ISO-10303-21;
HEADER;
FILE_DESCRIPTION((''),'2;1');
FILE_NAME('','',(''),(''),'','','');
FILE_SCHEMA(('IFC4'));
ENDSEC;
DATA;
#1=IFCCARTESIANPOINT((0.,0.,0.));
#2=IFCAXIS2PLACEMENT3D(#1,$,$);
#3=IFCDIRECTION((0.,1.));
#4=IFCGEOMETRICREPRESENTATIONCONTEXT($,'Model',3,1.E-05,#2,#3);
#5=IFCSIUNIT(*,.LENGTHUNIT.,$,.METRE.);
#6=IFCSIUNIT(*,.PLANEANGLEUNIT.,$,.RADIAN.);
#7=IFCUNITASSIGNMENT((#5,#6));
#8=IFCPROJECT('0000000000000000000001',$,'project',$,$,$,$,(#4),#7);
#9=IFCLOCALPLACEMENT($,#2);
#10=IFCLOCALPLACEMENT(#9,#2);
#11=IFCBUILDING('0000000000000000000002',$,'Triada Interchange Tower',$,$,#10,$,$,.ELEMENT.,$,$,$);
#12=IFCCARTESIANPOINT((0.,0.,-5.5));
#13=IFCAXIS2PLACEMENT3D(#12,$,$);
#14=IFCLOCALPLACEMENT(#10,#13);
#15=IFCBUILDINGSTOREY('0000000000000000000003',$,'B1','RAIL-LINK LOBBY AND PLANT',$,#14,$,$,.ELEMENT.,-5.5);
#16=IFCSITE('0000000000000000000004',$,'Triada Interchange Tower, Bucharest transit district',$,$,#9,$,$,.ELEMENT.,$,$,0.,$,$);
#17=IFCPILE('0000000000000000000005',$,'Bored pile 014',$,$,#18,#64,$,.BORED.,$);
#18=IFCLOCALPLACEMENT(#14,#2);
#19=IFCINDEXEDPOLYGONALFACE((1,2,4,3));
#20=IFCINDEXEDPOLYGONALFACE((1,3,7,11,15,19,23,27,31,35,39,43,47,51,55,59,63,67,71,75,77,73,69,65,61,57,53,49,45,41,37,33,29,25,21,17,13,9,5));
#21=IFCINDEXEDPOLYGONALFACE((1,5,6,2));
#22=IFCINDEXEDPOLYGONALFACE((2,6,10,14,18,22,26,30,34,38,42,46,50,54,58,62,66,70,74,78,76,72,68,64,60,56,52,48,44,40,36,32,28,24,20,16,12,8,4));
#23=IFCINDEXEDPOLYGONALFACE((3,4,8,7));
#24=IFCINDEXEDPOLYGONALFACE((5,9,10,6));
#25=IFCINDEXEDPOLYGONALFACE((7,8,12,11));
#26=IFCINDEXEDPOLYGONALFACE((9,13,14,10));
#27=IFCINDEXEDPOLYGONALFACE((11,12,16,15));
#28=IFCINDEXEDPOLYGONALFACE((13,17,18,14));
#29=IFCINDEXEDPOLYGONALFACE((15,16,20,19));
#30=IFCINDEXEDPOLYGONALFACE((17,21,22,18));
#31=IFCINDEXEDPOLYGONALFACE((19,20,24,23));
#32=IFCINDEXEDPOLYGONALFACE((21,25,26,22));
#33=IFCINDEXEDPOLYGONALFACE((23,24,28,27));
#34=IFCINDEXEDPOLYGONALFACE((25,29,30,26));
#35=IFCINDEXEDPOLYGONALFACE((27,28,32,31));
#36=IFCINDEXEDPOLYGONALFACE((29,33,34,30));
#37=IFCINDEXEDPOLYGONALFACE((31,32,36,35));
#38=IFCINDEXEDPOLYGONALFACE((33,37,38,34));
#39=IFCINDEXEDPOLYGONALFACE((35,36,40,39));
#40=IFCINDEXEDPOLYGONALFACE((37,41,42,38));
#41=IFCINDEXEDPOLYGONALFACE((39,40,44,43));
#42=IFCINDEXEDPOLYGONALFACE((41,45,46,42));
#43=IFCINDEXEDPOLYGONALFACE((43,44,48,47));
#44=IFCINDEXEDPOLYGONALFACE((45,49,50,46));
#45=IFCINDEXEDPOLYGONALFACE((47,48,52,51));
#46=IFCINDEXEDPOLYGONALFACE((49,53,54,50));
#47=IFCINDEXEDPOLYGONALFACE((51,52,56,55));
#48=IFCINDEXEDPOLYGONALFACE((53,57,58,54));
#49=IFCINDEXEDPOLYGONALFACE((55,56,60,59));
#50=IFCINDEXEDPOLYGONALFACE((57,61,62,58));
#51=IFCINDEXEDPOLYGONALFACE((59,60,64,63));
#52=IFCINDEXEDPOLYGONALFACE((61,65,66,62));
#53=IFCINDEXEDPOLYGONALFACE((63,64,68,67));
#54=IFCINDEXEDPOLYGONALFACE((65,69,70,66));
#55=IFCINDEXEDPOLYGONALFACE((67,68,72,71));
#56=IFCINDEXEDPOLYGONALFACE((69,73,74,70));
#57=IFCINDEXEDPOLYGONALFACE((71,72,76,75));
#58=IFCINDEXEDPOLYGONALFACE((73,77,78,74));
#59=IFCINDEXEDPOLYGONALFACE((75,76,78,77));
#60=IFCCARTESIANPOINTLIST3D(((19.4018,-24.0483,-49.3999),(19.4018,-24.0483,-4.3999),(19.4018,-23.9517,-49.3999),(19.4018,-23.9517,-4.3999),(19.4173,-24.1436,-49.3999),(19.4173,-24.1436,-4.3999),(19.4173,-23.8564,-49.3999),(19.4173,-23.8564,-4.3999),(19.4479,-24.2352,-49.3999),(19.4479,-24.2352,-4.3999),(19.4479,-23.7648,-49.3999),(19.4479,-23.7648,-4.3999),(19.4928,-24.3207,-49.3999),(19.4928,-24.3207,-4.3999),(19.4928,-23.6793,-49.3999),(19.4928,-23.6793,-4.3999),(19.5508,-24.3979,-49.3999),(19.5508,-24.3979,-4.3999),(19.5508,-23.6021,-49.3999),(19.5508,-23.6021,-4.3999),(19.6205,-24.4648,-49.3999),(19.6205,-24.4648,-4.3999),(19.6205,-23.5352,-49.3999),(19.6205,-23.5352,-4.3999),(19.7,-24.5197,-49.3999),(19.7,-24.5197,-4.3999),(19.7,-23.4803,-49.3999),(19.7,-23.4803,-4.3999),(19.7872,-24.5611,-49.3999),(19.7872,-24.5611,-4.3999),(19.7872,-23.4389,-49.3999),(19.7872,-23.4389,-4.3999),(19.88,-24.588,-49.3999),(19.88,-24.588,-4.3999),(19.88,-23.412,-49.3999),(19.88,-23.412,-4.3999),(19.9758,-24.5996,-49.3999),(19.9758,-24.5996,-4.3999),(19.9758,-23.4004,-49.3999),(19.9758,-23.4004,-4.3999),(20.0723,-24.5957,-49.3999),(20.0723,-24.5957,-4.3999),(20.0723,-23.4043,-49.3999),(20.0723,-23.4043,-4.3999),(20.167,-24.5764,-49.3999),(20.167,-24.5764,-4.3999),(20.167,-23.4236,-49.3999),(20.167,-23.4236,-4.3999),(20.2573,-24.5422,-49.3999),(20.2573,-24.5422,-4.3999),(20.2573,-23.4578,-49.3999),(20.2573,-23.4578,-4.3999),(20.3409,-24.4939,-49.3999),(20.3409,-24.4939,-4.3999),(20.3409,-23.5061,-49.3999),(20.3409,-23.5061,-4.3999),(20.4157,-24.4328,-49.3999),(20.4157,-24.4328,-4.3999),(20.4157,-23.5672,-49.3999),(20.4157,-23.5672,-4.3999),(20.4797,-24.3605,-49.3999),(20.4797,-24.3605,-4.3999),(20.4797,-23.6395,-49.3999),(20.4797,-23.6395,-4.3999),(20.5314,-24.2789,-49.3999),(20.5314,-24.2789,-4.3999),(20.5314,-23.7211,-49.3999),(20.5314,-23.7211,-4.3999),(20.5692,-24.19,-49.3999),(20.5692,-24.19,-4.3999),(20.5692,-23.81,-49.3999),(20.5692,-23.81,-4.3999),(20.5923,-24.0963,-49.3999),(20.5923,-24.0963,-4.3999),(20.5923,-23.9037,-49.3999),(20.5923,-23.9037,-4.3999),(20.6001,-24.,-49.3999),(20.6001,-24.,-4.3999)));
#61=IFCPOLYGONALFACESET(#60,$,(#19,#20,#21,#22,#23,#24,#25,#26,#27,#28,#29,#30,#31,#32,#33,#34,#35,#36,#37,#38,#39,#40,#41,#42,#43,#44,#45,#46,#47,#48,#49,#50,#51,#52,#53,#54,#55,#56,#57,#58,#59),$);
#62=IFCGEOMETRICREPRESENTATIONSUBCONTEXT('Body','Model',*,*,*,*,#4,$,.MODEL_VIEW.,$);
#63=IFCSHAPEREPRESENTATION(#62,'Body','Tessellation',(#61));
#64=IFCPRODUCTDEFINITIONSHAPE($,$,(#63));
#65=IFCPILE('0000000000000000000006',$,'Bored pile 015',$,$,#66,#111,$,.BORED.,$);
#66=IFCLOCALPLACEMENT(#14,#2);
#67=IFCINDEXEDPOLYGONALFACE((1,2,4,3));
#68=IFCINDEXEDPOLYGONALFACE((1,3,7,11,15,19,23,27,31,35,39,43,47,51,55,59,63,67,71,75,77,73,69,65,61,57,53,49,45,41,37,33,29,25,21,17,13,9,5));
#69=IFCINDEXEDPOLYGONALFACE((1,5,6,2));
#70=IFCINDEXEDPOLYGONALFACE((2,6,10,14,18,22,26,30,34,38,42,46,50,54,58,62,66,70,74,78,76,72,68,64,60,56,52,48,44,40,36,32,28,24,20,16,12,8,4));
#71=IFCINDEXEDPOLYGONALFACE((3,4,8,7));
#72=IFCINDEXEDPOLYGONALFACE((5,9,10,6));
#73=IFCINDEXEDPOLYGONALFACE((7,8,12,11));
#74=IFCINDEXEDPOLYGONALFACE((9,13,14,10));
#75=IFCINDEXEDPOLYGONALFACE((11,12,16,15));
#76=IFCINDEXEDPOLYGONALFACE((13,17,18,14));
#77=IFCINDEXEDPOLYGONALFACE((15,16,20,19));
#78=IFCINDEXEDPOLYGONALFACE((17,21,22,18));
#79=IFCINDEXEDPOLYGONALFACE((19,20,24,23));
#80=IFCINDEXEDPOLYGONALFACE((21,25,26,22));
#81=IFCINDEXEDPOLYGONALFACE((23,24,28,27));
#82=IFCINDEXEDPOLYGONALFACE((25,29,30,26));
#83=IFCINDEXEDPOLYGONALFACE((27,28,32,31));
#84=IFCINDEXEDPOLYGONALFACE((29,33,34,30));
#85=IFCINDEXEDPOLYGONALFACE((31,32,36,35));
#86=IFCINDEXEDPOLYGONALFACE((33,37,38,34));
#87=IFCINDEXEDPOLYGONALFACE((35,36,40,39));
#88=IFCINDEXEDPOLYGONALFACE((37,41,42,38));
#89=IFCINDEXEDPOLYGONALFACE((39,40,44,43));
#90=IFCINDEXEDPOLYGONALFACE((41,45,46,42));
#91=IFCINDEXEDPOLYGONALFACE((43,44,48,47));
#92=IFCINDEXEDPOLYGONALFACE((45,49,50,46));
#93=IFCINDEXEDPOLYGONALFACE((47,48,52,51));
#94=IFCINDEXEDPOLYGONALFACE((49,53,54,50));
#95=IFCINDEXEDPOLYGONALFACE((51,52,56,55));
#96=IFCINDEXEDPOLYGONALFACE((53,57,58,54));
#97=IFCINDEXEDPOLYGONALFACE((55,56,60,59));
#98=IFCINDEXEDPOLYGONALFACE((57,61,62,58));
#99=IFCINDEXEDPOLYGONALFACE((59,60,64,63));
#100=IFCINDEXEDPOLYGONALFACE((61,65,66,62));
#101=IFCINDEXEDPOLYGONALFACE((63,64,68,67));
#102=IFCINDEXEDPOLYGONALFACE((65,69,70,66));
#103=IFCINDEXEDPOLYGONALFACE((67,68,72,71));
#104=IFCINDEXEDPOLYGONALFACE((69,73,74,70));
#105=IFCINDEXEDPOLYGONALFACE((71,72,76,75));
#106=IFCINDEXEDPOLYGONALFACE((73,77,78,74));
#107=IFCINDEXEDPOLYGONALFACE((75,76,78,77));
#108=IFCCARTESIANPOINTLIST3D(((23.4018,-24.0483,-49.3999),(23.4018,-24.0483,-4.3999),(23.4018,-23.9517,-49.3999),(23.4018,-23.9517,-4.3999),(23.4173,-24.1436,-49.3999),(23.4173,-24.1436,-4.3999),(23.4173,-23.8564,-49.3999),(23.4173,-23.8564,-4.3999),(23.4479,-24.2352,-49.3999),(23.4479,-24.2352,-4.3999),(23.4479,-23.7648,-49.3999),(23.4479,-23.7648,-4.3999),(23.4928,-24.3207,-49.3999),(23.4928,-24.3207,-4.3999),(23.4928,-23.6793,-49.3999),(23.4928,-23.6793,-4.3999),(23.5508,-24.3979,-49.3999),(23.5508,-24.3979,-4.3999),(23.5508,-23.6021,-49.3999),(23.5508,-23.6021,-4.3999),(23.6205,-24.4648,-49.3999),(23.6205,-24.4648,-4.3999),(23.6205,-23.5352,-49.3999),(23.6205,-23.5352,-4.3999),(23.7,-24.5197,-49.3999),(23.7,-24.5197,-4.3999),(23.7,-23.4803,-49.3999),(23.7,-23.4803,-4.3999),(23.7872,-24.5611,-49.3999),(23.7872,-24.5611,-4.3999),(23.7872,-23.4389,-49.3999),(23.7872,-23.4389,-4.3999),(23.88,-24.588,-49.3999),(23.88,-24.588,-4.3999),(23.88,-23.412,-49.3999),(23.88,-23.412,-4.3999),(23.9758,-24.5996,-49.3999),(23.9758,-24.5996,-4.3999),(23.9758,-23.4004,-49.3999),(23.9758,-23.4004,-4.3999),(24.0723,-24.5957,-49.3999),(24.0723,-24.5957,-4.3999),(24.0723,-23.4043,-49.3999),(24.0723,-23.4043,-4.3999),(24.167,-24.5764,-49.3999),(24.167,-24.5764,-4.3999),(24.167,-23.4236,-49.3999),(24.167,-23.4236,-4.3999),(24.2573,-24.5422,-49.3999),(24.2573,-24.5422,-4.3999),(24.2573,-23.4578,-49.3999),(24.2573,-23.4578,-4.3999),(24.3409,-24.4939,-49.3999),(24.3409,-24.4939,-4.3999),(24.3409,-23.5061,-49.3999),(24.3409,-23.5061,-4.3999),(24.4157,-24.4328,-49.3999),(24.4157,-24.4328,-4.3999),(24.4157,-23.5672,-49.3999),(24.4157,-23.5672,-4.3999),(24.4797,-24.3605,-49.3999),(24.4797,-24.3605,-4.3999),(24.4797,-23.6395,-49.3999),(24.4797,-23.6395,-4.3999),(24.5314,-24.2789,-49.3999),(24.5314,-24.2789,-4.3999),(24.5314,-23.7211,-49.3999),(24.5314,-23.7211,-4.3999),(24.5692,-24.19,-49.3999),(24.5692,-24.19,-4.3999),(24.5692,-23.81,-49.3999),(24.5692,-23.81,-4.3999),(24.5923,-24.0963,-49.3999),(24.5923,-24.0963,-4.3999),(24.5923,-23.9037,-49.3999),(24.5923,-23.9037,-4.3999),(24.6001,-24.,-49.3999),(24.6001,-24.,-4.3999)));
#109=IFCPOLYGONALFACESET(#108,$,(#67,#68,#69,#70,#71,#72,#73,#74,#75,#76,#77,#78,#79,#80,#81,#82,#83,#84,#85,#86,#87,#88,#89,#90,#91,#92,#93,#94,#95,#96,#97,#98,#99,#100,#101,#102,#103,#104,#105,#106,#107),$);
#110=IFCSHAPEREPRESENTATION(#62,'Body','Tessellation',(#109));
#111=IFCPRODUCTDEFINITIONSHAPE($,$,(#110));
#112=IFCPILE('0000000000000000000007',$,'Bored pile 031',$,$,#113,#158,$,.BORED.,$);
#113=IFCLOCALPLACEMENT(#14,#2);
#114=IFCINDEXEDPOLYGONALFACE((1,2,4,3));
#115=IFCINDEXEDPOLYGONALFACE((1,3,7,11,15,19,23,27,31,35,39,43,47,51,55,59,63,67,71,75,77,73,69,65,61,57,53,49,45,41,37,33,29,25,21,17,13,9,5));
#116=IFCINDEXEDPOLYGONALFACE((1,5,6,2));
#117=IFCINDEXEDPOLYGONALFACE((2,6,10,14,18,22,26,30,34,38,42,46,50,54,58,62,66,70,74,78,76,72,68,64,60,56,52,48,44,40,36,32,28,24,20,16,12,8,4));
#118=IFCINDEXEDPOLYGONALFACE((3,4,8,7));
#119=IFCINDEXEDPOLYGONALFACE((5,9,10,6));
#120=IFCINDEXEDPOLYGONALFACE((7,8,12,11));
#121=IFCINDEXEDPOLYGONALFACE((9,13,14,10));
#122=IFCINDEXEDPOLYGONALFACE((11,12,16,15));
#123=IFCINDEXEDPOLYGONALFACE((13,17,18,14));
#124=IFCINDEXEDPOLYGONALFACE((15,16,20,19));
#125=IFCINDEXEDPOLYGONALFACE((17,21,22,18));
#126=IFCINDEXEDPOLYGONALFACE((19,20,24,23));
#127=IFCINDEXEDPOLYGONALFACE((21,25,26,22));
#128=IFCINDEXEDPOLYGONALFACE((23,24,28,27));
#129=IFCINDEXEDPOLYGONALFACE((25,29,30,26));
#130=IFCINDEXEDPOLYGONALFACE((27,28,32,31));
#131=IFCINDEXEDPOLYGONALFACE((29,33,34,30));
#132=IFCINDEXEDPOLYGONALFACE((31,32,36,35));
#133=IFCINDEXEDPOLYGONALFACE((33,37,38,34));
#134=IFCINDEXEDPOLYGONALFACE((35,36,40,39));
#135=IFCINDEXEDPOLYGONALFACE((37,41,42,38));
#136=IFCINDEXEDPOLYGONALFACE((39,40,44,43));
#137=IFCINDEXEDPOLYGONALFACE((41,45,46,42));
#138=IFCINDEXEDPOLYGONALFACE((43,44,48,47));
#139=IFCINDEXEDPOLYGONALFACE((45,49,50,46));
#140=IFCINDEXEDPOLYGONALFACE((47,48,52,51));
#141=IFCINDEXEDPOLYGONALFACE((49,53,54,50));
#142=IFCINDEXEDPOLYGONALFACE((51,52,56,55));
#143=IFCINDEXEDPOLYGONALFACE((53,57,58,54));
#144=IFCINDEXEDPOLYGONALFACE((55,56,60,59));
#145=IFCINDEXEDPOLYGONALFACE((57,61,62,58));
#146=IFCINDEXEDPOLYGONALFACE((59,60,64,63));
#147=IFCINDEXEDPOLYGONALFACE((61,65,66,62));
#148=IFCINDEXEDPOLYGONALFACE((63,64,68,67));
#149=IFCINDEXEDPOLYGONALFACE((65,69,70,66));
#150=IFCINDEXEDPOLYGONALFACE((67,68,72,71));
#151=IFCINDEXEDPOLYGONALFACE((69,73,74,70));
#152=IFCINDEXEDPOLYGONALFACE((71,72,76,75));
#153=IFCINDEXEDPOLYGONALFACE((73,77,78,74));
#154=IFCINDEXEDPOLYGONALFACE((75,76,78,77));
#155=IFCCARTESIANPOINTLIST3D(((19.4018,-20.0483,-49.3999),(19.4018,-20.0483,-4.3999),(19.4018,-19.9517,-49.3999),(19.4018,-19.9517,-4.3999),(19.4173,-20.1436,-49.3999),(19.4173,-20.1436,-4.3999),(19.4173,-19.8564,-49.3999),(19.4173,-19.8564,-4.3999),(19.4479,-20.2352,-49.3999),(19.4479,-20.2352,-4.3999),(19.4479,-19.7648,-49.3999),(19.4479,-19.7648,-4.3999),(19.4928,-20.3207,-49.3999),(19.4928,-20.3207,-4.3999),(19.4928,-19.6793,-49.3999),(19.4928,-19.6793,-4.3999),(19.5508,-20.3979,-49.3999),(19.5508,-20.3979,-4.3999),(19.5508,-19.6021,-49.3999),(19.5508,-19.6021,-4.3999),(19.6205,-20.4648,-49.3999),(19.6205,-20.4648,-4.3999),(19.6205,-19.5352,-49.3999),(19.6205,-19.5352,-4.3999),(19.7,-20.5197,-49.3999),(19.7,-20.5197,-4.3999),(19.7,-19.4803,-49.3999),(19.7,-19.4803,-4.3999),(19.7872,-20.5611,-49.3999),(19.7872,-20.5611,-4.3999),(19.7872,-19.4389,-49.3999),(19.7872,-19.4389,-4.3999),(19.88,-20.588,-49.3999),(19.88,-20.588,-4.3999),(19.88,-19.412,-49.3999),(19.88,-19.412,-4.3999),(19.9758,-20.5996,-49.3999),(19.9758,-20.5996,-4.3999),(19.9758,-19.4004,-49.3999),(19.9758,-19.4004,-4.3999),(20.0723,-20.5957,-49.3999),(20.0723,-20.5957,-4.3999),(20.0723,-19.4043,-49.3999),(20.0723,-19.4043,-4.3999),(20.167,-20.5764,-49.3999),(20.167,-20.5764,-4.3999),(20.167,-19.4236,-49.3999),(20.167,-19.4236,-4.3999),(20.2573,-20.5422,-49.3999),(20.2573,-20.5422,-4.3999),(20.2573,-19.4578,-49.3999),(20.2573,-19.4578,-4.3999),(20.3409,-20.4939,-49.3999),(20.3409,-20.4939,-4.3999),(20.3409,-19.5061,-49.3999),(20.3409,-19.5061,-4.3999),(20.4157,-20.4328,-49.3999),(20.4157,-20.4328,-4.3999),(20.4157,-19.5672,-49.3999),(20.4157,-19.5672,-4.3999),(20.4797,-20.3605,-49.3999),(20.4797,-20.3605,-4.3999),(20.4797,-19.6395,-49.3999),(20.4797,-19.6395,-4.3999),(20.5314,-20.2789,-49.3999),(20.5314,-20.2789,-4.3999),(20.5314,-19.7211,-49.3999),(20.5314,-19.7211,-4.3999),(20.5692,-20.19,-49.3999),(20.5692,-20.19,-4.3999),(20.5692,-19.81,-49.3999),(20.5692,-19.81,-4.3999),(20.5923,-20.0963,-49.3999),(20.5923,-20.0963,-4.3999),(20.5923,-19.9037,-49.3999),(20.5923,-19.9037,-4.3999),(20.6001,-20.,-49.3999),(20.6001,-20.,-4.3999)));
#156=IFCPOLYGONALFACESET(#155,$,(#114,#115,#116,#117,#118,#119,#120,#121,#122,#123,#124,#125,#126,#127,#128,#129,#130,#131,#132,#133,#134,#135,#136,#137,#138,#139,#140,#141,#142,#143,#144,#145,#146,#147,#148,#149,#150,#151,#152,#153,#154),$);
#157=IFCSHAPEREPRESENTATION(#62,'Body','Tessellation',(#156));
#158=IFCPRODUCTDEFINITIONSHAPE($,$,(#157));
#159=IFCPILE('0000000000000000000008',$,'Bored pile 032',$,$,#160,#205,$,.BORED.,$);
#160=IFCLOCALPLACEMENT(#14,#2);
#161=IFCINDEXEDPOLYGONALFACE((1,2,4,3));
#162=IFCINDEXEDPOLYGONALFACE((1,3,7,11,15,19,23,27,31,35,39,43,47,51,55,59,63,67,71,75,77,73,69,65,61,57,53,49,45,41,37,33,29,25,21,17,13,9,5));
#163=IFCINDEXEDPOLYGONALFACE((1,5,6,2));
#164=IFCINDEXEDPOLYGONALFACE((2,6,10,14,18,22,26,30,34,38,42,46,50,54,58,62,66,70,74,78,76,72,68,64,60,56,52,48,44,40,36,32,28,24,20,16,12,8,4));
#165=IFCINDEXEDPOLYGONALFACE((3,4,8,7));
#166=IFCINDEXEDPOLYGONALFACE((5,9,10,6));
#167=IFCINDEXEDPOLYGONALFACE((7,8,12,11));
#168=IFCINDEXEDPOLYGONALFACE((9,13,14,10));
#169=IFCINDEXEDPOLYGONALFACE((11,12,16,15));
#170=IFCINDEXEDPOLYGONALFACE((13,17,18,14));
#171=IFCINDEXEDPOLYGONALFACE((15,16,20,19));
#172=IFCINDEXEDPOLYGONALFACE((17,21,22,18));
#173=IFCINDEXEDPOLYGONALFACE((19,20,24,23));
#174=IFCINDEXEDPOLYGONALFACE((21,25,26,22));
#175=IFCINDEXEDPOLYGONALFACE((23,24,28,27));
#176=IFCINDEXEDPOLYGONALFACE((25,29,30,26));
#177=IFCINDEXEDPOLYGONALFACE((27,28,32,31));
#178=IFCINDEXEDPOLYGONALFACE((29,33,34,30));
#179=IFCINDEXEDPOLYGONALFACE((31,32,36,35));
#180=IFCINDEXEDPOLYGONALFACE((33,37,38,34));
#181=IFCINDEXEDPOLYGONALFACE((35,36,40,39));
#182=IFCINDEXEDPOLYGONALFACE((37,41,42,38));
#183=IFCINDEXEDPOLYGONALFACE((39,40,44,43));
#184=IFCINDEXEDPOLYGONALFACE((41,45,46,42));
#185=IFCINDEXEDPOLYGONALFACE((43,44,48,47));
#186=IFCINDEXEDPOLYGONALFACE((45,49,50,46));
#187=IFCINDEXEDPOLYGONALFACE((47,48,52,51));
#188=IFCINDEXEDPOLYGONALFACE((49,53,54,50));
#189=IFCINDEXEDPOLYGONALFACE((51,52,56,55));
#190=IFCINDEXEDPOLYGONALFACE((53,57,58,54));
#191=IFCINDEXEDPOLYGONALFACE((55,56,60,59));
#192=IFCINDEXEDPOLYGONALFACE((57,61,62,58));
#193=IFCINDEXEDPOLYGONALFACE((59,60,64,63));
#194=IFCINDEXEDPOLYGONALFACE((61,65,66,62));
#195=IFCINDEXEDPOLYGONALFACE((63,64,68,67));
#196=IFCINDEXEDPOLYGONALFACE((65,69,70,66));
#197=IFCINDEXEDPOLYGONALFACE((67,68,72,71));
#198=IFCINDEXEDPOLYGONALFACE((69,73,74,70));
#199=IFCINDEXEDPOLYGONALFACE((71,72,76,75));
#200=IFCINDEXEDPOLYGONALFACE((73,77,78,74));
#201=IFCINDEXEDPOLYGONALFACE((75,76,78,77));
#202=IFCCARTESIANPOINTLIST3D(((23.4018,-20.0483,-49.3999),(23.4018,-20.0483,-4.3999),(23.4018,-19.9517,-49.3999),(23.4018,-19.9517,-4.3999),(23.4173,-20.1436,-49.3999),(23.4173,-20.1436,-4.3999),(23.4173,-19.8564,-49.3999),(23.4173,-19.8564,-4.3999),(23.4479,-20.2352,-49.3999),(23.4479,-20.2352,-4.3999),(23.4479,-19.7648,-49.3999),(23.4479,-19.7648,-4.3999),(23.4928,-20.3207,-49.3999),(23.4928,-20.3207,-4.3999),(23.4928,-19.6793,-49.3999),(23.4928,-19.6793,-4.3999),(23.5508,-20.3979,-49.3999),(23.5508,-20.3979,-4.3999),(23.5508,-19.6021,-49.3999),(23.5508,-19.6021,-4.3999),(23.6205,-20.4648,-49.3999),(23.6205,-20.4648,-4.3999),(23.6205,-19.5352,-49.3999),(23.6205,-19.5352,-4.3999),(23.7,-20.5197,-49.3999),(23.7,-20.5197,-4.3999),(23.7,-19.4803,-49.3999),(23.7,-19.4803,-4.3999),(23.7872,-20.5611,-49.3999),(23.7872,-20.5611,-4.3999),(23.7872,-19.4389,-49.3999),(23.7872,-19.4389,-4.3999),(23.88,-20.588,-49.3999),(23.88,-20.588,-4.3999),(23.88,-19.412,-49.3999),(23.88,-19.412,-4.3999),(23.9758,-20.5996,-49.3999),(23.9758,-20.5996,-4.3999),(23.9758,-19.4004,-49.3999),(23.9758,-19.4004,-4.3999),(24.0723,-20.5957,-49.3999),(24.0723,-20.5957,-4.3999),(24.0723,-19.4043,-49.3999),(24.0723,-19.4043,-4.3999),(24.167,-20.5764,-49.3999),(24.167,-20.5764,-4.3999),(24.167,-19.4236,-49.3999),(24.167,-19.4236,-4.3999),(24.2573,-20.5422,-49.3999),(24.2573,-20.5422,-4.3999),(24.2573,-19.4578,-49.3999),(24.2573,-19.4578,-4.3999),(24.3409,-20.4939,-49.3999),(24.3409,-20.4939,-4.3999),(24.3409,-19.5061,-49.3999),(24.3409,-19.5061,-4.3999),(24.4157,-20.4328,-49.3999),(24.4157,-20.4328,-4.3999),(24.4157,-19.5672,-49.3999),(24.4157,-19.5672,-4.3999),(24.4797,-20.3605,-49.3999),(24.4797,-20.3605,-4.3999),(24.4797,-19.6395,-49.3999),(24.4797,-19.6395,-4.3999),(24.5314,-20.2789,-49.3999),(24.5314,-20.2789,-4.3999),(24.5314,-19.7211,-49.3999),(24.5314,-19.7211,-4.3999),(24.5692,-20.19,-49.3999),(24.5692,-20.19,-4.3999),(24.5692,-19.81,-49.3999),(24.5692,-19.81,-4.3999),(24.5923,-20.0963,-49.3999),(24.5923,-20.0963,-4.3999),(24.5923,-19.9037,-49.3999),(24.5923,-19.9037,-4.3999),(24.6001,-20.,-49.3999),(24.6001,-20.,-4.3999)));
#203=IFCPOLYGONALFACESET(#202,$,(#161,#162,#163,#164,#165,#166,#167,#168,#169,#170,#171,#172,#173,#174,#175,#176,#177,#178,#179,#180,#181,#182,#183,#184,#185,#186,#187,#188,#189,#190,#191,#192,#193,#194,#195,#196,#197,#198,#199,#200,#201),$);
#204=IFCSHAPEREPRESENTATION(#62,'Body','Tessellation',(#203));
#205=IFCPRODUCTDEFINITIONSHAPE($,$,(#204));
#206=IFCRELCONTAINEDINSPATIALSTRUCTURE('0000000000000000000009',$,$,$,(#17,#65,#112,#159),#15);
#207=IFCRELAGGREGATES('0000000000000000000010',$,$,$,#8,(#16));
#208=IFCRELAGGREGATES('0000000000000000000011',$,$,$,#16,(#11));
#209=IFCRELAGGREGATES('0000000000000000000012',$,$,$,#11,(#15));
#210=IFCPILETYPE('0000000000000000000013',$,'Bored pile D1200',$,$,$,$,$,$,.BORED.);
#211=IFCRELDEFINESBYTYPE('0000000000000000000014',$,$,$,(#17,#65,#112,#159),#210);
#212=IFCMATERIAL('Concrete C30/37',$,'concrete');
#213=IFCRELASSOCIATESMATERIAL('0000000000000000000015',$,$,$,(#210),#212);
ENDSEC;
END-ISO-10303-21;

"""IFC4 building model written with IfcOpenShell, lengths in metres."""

from ifc_helpers import new_model, si_unit, direction, frame, origin, origin_2d, place, context, subcontext, project, spatial, circle, extrude, material, material_profile, profile_set, type_object, element, save


model = new_model("IFC4")

# Units and contexts
model_context = context("Model", 3, precision=1e-05, world=origin(), true_north=direction((0.0, 1.0)))
body_context = subcontext(model_context, "Body", "Model", "MODEL_VIEW")
ifc_project = project(units=[si_unit("LENGTHUNIT", "METRE"), si_unit("PLANEANGLEUNIT", "RADIAN")], contexts=[model_context])

# Site, building, storey
site_placement = place(None, origin())
site = spatial("IfcSite", under=ifc_project, at=site_placement, Name="Triada Interchange Tower, Bucharest transit district", CompositionType="ELEMENT", RefElevation=0.0)
building_placement = place(site_placement, origin())
building = spatial("IfcBuilding", under=site, at=building_placement, Name="Triada Interchange Tower", CompositionType="ELEMENT")
storey_placement = place(building_placement, frame((0.0, 0.0, -5.5)))
storey = spatial("IfcBuildingStorey", under=building, at=storey_placement, Name="B1", Description="RAIL-LINK LOBBY AND PLANT", CompositionType="ELEMENT", Elevation=-5.5)

# Piles
ifc_material_1 = material(Name="Concrete C30/37", Category="concrete")
ifc_material_profile_1 = material_profile(ifc_material_1, circle(Radius=0.6001, at=origin_2d()), Name="RC D1200")
ifc_profile_set_1 = profile_set([ifc_material_profile_1], Name="Concrete C30/37")
pile_type = type_object("IfcPileType", Name="Bored pile D1200", PredefinedType="BORED", material=ifc_profile_set_1)
for number, where, z_axis, x_axis, name in (
    (1, (20.0, -24.0, -4.3999), (0.0, 0.0, -1.0), (1.0, 0.0, 0.0), "Bored pile 014"),
    (2, (24.0, -24.0, -4.3999), (0.0, 0.0, -1.0), (1.0, 0.0, 0.0), "Bored pile 015"),
    (3, (20.0, -20.0, -4.3999), (0.0, 0.0, -1.0), (1.0, 0.0, 0.0), "Bored pile 031"),
    (4, (24.0, -20.0, -4.3999), (0.0, 0.0, -1.0), (1.0, 0.0, 0.0), "Bored pile 032"),
):
    element("IfcPile", number, at=place(storey_placement, frame(where, z_axis=z_axis, x_axis=x_axis)), inside=storey, type_object=pile_type, Name=name, PredefinedType="BORED", context=body_context, shape_type="SweptSolid", body=[
        extrude(circle(Radius=0.6001, at=origin_2d()), origin(), (0.0, 0.0, 1.0), 45.0),
    ])

save(model, "model.ifc")
